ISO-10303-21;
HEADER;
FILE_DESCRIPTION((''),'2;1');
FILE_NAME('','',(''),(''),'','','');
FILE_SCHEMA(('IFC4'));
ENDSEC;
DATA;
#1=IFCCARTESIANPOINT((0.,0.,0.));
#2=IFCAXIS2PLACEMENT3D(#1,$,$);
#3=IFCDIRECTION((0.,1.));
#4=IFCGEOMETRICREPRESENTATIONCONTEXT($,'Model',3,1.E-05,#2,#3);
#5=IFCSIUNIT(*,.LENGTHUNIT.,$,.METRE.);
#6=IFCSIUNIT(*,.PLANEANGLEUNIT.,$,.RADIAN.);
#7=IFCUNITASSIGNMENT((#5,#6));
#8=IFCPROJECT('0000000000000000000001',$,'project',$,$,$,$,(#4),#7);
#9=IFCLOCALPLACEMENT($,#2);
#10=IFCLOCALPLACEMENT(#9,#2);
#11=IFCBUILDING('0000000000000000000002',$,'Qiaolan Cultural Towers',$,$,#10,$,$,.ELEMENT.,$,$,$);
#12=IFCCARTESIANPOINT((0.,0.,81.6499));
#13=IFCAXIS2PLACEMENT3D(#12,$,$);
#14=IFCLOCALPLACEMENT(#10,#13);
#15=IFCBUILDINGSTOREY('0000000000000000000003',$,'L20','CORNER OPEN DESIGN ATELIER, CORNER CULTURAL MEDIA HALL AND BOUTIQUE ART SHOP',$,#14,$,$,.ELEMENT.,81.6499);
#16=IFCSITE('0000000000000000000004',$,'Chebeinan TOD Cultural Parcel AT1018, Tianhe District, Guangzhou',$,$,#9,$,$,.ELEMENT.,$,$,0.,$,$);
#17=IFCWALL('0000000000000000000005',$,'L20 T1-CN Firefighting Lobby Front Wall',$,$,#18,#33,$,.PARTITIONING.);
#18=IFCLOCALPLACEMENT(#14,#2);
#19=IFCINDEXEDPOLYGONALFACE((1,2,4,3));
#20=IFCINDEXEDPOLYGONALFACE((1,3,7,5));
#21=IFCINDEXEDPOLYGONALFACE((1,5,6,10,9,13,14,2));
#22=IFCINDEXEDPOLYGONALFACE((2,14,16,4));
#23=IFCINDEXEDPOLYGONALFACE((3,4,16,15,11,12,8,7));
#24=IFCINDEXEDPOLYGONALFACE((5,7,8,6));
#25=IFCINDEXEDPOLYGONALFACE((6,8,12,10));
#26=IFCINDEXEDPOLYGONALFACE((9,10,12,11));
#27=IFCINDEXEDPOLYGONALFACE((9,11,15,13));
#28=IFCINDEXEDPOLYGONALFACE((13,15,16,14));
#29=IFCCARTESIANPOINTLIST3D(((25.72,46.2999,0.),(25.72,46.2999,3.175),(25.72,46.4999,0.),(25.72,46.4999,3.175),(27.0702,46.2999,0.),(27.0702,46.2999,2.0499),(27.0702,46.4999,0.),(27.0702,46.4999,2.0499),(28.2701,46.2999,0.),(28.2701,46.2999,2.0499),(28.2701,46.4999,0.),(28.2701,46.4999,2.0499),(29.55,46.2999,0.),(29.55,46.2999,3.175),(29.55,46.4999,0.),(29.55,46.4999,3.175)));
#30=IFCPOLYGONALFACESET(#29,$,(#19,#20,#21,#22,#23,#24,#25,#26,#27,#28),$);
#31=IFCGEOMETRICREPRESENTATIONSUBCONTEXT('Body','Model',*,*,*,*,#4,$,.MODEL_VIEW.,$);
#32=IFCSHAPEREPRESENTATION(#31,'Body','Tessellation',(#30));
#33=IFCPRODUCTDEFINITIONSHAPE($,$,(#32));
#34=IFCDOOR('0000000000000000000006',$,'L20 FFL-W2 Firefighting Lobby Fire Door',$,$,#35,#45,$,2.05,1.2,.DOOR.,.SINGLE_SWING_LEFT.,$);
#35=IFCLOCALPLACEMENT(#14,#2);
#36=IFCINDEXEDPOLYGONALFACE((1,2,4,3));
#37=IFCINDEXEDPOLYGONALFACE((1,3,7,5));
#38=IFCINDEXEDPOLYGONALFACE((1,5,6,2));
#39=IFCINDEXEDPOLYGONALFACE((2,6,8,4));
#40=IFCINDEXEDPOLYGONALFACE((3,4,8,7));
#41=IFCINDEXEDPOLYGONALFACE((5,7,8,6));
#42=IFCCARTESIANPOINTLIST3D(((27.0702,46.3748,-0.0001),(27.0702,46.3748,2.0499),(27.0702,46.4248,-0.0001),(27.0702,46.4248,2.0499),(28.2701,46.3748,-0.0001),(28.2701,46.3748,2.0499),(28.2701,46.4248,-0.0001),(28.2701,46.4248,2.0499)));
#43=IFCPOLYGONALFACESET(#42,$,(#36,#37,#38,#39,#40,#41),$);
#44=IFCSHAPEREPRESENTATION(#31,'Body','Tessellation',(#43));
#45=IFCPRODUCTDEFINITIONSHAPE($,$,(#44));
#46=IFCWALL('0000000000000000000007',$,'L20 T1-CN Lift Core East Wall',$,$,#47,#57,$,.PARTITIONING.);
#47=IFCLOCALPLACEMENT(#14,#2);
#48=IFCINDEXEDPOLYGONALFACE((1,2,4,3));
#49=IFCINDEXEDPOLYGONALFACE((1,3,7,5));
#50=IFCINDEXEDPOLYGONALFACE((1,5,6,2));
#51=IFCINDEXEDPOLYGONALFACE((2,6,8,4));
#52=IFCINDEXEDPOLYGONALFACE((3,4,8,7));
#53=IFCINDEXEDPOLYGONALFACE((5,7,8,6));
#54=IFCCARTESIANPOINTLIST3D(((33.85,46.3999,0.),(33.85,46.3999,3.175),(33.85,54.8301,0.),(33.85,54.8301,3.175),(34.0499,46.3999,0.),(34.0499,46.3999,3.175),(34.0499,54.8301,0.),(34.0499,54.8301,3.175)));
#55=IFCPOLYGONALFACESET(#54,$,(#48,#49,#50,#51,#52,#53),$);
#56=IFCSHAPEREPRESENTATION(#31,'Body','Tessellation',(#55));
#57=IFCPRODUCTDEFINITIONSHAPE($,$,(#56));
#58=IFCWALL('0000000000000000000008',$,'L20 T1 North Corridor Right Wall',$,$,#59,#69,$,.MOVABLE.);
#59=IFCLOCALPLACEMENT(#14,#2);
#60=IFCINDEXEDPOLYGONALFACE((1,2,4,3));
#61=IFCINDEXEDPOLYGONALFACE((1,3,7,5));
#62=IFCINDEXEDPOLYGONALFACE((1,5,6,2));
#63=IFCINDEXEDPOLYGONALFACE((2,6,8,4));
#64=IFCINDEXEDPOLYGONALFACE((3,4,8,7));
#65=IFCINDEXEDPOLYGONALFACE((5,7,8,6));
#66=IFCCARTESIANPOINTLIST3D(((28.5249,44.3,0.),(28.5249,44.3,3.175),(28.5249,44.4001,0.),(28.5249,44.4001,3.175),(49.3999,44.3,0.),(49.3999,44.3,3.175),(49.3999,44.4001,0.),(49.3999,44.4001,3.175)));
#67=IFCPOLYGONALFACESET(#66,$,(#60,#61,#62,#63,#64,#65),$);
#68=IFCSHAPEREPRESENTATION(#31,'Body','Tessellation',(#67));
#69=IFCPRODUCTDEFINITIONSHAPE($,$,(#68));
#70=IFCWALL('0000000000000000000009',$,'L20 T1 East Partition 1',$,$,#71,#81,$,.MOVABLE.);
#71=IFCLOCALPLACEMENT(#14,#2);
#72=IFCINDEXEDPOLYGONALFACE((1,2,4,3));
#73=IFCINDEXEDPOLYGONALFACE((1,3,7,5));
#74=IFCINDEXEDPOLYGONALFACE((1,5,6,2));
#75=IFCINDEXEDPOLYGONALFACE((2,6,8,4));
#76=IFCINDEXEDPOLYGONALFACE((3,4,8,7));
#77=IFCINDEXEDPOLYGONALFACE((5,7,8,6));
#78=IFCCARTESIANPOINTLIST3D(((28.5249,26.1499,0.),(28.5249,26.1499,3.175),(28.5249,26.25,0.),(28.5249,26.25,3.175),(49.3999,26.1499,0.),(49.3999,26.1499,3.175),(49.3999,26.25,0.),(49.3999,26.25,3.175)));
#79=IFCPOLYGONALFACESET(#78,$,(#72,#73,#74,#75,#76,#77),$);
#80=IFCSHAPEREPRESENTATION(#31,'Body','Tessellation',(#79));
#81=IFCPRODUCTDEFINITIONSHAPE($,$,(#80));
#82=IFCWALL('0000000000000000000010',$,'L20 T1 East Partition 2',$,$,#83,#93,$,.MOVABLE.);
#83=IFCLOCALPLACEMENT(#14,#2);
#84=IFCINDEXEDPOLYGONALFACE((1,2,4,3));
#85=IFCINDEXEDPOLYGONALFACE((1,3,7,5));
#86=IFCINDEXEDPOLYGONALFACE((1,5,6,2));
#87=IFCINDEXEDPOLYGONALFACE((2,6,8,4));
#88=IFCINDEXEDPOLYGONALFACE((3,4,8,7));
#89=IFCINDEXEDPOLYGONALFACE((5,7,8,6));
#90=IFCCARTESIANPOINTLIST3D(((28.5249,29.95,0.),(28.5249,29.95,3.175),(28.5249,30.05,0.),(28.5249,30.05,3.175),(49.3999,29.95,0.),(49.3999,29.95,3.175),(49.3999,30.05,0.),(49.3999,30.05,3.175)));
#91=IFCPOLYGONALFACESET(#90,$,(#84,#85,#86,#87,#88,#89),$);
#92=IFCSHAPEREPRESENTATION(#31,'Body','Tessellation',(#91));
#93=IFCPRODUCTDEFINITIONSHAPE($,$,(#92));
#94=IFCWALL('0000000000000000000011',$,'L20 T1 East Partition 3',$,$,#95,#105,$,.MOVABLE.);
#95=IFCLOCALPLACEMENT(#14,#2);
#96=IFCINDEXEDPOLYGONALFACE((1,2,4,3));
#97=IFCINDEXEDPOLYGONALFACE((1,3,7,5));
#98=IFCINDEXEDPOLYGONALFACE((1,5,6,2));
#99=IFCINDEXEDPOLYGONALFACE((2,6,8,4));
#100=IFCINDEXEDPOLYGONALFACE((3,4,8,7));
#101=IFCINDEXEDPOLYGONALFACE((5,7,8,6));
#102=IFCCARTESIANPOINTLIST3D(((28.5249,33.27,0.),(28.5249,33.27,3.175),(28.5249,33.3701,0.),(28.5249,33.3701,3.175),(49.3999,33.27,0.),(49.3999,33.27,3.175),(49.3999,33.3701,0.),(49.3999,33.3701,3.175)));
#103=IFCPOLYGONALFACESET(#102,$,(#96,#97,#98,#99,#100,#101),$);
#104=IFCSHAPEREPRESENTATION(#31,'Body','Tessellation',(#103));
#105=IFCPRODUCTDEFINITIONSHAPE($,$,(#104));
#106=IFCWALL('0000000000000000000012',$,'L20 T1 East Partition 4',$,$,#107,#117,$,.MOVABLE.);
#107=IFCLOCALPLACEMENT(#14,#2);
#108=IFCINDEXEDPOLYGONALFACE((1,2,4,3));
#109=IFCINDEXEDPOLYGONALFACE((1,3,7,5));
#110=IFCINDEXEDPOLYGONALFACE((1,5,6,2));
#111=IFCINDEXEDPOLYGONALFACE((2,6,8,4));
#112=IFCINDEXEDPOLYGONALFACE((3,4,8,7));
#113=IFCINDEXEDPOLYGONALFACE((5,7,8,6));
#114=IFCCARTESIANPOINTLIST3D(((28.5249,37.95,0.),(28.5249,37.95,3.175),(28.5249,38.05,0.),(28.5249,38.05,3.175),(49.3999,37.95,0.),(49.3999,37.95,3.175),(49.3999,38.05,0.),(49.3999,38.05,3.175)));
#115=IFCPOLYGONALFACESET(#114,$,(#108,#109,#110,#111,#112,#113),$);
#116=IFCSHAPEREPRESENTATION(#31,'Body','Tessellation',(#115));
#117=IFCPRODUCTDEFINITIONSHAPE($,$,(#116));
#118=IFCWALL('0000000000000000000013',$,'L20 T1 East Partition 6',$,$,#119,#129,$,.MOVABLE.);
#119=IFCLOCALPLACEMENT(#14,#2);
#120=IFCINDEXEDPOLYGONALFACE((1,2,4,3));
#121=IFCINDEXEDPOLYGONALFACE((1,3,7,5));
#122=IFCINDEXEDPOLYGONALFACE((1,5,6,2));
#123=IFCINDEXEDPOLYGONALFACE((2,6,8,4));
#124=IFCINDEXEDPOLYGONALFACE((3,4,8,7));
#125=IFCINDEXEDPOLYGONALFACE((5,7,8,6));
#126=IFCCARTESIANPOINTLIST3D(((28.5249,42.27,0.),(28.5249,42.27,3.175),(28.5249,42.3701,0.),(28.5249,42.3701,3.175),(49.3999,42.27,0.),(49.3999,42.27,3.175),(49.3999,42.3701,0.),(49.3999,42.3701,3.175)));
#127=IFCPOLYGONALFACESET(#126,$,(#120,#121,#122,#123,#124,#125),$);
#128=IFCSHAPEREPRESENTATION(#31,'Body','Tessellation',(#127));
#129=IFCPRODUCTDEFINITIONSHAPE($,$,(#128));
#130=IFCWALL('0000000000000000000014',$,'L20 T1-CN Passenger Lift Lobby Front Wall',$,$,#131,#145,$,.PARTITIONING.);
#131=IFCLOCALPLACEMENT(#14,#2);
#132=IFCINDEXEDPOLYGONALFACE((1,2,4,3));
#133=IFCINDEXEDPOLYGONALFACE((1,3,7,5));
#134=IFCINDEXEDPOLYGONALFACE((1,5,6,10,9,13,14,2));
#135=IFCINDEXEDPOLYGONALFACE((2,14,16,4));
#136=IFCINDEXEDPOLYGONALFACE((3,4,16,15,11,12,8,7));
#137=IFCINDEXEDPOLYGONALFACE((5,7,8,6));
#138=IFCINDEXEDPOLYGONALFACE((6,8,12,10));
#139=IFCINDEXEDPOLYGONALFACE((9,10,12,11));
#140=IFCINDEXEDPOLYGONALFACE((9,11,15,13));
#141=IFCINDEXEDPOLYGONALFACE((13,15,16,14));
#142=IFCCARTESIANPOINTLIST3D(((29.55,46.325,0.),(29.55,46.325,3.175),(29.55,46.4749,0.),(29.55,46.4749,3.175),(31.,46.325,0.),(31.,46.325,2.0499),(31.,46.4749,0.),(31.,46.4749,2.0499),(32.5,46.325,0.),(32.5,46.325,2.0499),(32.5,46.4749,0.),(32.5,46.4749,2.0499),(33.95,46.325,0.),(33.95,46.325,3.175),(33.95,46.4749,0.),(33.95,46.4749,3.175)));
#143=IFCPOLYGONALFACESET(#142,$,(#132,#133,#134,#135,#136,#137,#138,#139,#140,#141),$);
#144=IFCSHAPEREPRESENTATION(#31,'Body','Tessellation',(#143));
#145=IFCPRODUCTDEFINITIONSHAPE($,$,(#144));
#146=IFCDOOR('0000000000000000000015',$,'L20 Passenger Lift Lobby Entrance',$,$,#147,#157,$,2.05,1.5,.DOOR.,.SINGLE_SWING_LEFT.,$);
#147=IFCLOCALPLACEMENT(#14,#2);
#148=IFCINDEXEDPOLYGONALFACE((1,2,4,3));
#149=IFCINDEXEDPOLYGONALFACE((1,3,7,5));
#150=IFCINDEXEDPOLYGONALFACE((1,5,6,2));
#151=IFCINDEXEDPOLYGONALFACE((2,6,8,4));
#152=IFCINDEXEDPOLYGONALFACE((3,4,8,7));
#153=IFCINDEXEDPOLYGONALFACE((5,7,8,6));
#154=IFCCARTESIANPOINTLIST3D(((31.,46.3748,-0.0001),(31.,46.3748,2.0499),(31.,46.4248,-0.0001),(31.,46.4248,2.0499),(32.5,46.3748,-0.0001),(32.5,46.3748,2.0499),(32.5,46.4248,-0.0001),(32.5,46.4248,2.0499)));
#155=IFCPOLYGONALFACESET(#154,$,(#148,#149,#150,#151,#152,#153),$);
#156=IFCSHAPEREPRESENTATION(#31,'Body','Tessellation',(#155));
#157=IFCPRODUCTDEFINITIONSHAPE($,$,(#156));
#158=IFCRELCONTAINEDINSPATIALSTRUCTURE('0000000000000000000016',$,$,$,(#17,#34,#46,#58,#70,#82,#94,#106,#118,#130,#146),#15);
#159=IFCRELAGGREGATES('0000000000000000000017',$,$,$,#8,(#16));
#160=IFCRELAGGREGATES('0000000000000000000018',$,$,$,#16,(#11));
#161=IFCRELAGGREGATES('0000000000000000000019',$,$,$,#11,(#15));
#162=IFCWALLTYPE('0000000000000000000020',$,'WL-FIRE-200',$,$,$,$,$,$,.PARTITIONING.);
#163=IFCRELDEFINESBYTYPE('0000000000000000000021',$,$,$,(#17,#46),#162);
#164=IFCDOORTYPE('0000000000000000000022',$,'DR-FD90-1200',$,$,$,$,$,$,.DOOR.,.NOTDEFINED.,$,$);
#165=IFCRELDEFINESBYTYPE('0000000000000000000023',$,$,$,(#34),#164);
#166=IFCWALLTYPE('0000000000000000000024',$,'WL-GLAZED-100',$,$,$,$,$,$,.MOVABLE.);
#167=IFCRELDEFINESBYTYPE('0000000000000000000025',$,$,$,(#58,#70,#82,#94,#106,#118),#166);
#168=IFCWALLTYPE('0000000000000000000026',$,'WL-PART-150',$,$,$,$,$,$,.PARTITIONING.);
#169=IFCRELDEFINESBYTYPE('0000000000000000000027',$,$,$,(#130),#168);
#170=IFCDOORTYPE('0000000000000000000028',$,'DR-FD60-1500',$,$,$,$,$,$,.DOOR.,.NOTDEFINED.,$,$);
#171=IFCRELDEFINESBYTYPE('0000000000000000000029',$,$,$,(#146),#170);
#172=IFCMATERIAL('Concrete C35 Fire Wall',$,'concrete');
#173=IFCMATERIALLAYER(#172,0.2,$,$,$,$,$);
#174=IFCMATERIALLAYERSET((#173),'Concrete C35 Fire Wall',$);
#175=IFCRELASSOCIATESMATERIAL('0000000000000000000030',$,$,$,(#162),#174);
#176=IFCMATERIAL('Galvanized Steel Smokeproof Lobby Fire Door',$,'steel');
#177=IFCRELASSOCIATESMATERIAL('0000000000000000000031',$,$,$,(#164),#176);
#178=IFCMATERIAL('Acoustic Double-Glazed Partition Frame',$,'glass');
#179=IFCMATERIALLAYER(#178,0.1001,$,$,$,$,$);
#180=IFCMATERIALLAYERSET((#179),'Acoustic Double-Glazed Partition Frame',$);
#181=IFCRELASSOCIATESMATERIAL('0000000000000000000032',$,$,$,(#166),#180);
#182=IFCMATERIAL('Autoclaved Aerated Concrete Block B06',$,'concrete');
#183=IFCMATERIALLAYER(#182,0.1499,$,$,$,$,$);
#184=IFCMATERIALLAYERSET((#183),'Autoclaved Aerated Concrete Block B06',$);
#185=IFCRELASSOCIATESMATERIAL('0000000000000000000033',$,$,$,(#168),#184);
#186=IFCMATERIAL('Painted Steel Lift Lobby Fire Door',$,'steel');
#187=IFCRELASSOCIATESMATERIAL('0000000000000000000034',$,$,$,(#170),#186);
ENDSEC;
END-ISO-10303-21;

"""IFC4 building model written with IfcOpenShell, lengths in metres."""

from ifc_helpers import new_model, si_unit, direction, frame, frame_2d, origin, place, context, subcontext, project, spatial, rectangle, extrude, material, layer, layer_set, type_object, element, fill, save


model = new_model("IFC4")

# Units and contexts
model_context = context("Model", 3, precision=1e-05, world=origin(), true_north=direction((0.0, 1.0)))
body_context = subcontext(model_context, "Body", "Model", "MODEL_VIEW")
ifc_project = project(units=[si_unit("LENGTHUNIT", "METRE"), si_unit("PLANEANGLEUNIT", "RADIAN")], contexts=[model_context])

# Site, building, storey
site_placement = place(None, origin())
site = spatial("IfcSite", under=ifc_project, at=site_placement, Name="Chebeinan TOD Cultural Parcel AT1018, Tianhe District, Guangzhou", CompositionType="ELEMENT", RefElevation=0.0)
building_placement = place(site_placement, origin())
building = spatial("IfcBuilding", under=site, at=building_placement, Name="Qiaolan Cultural Towers", CompositionType="ELEMENT")
storey_placement = place(building_placement, frame((0.0, 0.0, 81.6499)))
storey = spatial("IfcBuildingStorey", under=building, at=storey_placement, Name="L20", Description="CORNER OPEN DESIGN ATELIER, CORNER CULTURAL MEDIA HALL AND BOUTIQUE ART SHOP", CompositionType="ELEMENT", Elevation=81.6499)

# Shared definitions
ifc_material_1 = material(Name="Concrete C35 Fire Wall", Category="concrete")
ifc_layer_1 = layer(ifc_material_1, 0.2)
ifc_layer_set_1 = layer_set([ifc_layer_1], Name="Concrete C35 Fire Wall")
wall_type_1 = type_object("IfcWallType", Name="WL-FIRE-200", PredefinedType="PARTITIONING", material=ifc_layer_set_1)

# Wall, opening, door
wall_1_placement = place(storey_placement, frame((25.72, 46.3999, 0.0), z_axis=(0.0, 0.0, 1.0), x_axis=(1.0, 0.0, 0.0)))
wall_1 = element("IfcWall", 1, at=wall_1_placement, inside=storey, type_object=wall_type_1, Name="L20 T1-CN Firefighting Lobby Front Wall", PredefinedType="PARTITIONING", context=body_context, shape_type="SweptSolid", body=[
    extrude(rectangle(XDim=3.8301, YDim=0.2, at=frame_2d((1.915, 0.0))), origin(), (0.0, 0.0, 1.0), 3.175),
])
opening_1_placement = place(wall_1_placement, frame((1.3501, 0.0, 0.0)))
opening_1 = element("IfcOpeningElement", 2, at=opening_1_placement, cuts=wall_1, PredefinedType="OPENING", context=body_context, shape_type="SweptSolid", body=[
    extrude(rectangle(XDim=1.2, YDim=2.05, at=frame_2d((0.6001, 1.0249))), frame((0.0, 0.1099, 0.0), z_axis=(0.0, -1.0, 0.0), x_axis=(1.0, 0.0, 0.0)), (0.0, 0.0, 1.0), 0.22),
])
ifc_material_2 = material(Name="Galvanized Steel Smokeproof Lobby Fire Door", Category="steel")
door_type_1 = type_object("IfcDoorType", Name="DR-FD90-1200", OperationType="NOTDEFINED", PredefinedType="DOOR", material=ifc_material_2)
door_1_placement = place(opening_1_placement, origin())
door_1 = element("IfcDoor", 3, at=door_1_placement, inside=storey, type_object=door_type_1, Name="L20 FFL-W2 Firefighting Lobby Fire Door", OperationType="SINGLE_SWING_LEFT", OverallHeight=2.05, OverallWidth=1.2, PredefinedType="DOOR", context=body_context, shape_type="SweptSolid", body=[
    extrude(rectangle(XDim=1.2, YDim=2.05, at=frame_2d((0.6001, 1.0249))), frame((0.0, 0.0249, 0.0), z_axis=(0.0, -1.0, 0.0), x_axis=(1.0, 0.0, 0.0)), (0.0, 0.0, 1.0), 0.05),
])
fill(opening_1, door_1)

# Walls
wall_2_placement = place(storey_placement, frame((33.95, 46.3999, 0.0), z_axis=(0.0, 0.0, 1.0), x_axis=(0.0, 1.0, 0.0)))
element("IfcWall", 4, at=wall_2_placement, inside=storey, type_object=wall_type_1, Name="L20 T1-CN Lift Core East Wall", PredefinedType="PARTITIONING", context=body_context, shape_type="SweptSolid", body=[
    extrude(rectangle(XDim=8.4302, YDim=0.2, at=frame_2d((4.2151, 0.0))), origin(), (0.0, 0.0, 1.0), 3.175),
])
ifc_material_3 = material(Name="Acoustic Double-Glazed Partition Frame", Category="glass")
ifc_layer_2 = layer(ifc_material_3, 0.1001)
ifc_layer_set_2 = layer_set([ifc_layer_2], Name="Acoustic Double-Glazed Partition Frame")
wall_type_2 = type_object("IfcWallType", Name="WL-GLAZED-100", PredefinedType="MOVABLE", material=ifc_layer_set_2)
for number, where, z_axis, x_axis, name in (
    (5, (28.5249, 44.3501, 0.0), (0.0, 0.0, 1.0), (1.0, 0.0, 0.0), "L20 T1 North Corridor Right Wall"),
    (6, (28.5249, 26.2, 0.0), (0.0, 0.0, 1.0), (1.0, 0.0, 0.0), "L20 T1 East Partition 1"),
    (7, (28.5249, 30.0, 0.0), (0.0, 0.0, 1.0), (1.0, 0.0, 0.0), "L20 T1 East Partition 2"),
    (8, (28.5249, 33.3201, 0.0), (0.0, 0.0, 1.0), (1.0, 0.0, 0.0), "L20 T1 East Partition 3"),
    (9, (28.5249, 38.0, 0.0), (0.0, 0.0, 1.0), (1.0, 0.0, 0.0), "L20 T1 East Partition 4"),
    (10, (28.5249, 42.3201, 0.0), (0.0, 0.0, 1.0), (1.0, 0.0, 0.0), "L20 T1 East Partition 6"),
):
    element("IfcWall", number, at=place(storey_placement, frame(where, z_axis=z_axis, x_axis=x_axis)), inside=storey, type_object=wall_type_2, Name=name, PredefinedType="MOVABLE", context=body_context, shape_type="SweptSolid", body=[
        extrude(rectangle(XDim=20.875, YDim=0.1001, at=frame_2d((10.4375, 0.0))), origin(), (0.0, 0.0, 1.0), 3.175),
    ])

# Wall, opening, door
ifc_material_4 = material(Name="Autoclaved Aerated Concrete Block B06", Category="concrete")
ifc_layer_3 = layer(ifc_material_4, 0.1499)
ifc_layer_set_3 = layer_set([ifc_layer_3], Name="Autoclaved Aerated Concrete Block B06")
wall_type_3 = type_object("IfcWallType", Name="WL-PART-150", PredefinedType="PARTITIONING", material=ifc_layer_set_3)
wall_3_placement = place(storey_placement, frame((29.55, 46.3999, 0.0), z_axis=(0.0, 0.0, 1.0), x_axis=(1.0, 0.0, 0.0)))
wall_3 = element("IfcWall", 11, at=wall_3_placement, inside=storey, type_object=wall_type_3, Name="L20 T1-CN Passenger Lift Lobby Front Wall", PredefinedType="PARTITIONING", context=body_context, shape_type="SweptSolid", body=[
    extrude(rectangle(XDim=4.3999, YDim=0.1499, at=frame_2d((2.2, 0.0))), origin(), (0.0, 0.0, 1.0), 3.175),
])
opening_2_placement = place(wall_3_placement, frame((1.45, 0.0, 0.0)))
opening_2 = element("IfcOpeningElement", 12, at=opening_2_placement, cuts=wall_3, PredefinedType="OPENING", context=body_context, shape_type="SweptSolid", body=[
    extrude(rectangle(XDim=1.5, YDim=2.05, at=frame_2d((0.75, 1.0249))), frame((0.0, 0.085, 0.0), z_axis=(0.0, -1.0, 0.0), x_axis=(1.0, 0.0, 0.0)), (0.0, 0.0, 1.0), 0.1699),
])
ifc_material_5 = material(Name="Painted Steel Lift Lobby Fire Door", Category="steel")
door_type_2 = type_object("IfcDoorType", Name="DR-FD60-1500", OperationType="NOTDEFINED", PredefinedType="DOOR", material=ifc_material_5)
door_2_placement = place(opening_2_placement, origin())
door_2 = element("IfcDoor", 13, at=door_2_placement, inside=storey, type_object=door_type_2, Name="L20 Passenger Lift Lobby Entrance", OperationType="SINGLE_SWING_LEFT", OverallHeight=2.05, OverallWidth=1.5, PredefinedType="DOOR", context=body_context, shape_type="SweptSolid", body=[
    extrude(rectangle(XDim=1.5, YDim=2.05, at=frame_2d((0.75, 1.0249))), frame((0.0, 0.0249, 0.0), z_axis=(0.0, -1.0, 0.0), x_axis=(1.0, 0.0, 0.0)), (0.0, 0.0, 1.0), 0.05),
])
fill(opening_2, door_2)

save(model, "model.ifc")
